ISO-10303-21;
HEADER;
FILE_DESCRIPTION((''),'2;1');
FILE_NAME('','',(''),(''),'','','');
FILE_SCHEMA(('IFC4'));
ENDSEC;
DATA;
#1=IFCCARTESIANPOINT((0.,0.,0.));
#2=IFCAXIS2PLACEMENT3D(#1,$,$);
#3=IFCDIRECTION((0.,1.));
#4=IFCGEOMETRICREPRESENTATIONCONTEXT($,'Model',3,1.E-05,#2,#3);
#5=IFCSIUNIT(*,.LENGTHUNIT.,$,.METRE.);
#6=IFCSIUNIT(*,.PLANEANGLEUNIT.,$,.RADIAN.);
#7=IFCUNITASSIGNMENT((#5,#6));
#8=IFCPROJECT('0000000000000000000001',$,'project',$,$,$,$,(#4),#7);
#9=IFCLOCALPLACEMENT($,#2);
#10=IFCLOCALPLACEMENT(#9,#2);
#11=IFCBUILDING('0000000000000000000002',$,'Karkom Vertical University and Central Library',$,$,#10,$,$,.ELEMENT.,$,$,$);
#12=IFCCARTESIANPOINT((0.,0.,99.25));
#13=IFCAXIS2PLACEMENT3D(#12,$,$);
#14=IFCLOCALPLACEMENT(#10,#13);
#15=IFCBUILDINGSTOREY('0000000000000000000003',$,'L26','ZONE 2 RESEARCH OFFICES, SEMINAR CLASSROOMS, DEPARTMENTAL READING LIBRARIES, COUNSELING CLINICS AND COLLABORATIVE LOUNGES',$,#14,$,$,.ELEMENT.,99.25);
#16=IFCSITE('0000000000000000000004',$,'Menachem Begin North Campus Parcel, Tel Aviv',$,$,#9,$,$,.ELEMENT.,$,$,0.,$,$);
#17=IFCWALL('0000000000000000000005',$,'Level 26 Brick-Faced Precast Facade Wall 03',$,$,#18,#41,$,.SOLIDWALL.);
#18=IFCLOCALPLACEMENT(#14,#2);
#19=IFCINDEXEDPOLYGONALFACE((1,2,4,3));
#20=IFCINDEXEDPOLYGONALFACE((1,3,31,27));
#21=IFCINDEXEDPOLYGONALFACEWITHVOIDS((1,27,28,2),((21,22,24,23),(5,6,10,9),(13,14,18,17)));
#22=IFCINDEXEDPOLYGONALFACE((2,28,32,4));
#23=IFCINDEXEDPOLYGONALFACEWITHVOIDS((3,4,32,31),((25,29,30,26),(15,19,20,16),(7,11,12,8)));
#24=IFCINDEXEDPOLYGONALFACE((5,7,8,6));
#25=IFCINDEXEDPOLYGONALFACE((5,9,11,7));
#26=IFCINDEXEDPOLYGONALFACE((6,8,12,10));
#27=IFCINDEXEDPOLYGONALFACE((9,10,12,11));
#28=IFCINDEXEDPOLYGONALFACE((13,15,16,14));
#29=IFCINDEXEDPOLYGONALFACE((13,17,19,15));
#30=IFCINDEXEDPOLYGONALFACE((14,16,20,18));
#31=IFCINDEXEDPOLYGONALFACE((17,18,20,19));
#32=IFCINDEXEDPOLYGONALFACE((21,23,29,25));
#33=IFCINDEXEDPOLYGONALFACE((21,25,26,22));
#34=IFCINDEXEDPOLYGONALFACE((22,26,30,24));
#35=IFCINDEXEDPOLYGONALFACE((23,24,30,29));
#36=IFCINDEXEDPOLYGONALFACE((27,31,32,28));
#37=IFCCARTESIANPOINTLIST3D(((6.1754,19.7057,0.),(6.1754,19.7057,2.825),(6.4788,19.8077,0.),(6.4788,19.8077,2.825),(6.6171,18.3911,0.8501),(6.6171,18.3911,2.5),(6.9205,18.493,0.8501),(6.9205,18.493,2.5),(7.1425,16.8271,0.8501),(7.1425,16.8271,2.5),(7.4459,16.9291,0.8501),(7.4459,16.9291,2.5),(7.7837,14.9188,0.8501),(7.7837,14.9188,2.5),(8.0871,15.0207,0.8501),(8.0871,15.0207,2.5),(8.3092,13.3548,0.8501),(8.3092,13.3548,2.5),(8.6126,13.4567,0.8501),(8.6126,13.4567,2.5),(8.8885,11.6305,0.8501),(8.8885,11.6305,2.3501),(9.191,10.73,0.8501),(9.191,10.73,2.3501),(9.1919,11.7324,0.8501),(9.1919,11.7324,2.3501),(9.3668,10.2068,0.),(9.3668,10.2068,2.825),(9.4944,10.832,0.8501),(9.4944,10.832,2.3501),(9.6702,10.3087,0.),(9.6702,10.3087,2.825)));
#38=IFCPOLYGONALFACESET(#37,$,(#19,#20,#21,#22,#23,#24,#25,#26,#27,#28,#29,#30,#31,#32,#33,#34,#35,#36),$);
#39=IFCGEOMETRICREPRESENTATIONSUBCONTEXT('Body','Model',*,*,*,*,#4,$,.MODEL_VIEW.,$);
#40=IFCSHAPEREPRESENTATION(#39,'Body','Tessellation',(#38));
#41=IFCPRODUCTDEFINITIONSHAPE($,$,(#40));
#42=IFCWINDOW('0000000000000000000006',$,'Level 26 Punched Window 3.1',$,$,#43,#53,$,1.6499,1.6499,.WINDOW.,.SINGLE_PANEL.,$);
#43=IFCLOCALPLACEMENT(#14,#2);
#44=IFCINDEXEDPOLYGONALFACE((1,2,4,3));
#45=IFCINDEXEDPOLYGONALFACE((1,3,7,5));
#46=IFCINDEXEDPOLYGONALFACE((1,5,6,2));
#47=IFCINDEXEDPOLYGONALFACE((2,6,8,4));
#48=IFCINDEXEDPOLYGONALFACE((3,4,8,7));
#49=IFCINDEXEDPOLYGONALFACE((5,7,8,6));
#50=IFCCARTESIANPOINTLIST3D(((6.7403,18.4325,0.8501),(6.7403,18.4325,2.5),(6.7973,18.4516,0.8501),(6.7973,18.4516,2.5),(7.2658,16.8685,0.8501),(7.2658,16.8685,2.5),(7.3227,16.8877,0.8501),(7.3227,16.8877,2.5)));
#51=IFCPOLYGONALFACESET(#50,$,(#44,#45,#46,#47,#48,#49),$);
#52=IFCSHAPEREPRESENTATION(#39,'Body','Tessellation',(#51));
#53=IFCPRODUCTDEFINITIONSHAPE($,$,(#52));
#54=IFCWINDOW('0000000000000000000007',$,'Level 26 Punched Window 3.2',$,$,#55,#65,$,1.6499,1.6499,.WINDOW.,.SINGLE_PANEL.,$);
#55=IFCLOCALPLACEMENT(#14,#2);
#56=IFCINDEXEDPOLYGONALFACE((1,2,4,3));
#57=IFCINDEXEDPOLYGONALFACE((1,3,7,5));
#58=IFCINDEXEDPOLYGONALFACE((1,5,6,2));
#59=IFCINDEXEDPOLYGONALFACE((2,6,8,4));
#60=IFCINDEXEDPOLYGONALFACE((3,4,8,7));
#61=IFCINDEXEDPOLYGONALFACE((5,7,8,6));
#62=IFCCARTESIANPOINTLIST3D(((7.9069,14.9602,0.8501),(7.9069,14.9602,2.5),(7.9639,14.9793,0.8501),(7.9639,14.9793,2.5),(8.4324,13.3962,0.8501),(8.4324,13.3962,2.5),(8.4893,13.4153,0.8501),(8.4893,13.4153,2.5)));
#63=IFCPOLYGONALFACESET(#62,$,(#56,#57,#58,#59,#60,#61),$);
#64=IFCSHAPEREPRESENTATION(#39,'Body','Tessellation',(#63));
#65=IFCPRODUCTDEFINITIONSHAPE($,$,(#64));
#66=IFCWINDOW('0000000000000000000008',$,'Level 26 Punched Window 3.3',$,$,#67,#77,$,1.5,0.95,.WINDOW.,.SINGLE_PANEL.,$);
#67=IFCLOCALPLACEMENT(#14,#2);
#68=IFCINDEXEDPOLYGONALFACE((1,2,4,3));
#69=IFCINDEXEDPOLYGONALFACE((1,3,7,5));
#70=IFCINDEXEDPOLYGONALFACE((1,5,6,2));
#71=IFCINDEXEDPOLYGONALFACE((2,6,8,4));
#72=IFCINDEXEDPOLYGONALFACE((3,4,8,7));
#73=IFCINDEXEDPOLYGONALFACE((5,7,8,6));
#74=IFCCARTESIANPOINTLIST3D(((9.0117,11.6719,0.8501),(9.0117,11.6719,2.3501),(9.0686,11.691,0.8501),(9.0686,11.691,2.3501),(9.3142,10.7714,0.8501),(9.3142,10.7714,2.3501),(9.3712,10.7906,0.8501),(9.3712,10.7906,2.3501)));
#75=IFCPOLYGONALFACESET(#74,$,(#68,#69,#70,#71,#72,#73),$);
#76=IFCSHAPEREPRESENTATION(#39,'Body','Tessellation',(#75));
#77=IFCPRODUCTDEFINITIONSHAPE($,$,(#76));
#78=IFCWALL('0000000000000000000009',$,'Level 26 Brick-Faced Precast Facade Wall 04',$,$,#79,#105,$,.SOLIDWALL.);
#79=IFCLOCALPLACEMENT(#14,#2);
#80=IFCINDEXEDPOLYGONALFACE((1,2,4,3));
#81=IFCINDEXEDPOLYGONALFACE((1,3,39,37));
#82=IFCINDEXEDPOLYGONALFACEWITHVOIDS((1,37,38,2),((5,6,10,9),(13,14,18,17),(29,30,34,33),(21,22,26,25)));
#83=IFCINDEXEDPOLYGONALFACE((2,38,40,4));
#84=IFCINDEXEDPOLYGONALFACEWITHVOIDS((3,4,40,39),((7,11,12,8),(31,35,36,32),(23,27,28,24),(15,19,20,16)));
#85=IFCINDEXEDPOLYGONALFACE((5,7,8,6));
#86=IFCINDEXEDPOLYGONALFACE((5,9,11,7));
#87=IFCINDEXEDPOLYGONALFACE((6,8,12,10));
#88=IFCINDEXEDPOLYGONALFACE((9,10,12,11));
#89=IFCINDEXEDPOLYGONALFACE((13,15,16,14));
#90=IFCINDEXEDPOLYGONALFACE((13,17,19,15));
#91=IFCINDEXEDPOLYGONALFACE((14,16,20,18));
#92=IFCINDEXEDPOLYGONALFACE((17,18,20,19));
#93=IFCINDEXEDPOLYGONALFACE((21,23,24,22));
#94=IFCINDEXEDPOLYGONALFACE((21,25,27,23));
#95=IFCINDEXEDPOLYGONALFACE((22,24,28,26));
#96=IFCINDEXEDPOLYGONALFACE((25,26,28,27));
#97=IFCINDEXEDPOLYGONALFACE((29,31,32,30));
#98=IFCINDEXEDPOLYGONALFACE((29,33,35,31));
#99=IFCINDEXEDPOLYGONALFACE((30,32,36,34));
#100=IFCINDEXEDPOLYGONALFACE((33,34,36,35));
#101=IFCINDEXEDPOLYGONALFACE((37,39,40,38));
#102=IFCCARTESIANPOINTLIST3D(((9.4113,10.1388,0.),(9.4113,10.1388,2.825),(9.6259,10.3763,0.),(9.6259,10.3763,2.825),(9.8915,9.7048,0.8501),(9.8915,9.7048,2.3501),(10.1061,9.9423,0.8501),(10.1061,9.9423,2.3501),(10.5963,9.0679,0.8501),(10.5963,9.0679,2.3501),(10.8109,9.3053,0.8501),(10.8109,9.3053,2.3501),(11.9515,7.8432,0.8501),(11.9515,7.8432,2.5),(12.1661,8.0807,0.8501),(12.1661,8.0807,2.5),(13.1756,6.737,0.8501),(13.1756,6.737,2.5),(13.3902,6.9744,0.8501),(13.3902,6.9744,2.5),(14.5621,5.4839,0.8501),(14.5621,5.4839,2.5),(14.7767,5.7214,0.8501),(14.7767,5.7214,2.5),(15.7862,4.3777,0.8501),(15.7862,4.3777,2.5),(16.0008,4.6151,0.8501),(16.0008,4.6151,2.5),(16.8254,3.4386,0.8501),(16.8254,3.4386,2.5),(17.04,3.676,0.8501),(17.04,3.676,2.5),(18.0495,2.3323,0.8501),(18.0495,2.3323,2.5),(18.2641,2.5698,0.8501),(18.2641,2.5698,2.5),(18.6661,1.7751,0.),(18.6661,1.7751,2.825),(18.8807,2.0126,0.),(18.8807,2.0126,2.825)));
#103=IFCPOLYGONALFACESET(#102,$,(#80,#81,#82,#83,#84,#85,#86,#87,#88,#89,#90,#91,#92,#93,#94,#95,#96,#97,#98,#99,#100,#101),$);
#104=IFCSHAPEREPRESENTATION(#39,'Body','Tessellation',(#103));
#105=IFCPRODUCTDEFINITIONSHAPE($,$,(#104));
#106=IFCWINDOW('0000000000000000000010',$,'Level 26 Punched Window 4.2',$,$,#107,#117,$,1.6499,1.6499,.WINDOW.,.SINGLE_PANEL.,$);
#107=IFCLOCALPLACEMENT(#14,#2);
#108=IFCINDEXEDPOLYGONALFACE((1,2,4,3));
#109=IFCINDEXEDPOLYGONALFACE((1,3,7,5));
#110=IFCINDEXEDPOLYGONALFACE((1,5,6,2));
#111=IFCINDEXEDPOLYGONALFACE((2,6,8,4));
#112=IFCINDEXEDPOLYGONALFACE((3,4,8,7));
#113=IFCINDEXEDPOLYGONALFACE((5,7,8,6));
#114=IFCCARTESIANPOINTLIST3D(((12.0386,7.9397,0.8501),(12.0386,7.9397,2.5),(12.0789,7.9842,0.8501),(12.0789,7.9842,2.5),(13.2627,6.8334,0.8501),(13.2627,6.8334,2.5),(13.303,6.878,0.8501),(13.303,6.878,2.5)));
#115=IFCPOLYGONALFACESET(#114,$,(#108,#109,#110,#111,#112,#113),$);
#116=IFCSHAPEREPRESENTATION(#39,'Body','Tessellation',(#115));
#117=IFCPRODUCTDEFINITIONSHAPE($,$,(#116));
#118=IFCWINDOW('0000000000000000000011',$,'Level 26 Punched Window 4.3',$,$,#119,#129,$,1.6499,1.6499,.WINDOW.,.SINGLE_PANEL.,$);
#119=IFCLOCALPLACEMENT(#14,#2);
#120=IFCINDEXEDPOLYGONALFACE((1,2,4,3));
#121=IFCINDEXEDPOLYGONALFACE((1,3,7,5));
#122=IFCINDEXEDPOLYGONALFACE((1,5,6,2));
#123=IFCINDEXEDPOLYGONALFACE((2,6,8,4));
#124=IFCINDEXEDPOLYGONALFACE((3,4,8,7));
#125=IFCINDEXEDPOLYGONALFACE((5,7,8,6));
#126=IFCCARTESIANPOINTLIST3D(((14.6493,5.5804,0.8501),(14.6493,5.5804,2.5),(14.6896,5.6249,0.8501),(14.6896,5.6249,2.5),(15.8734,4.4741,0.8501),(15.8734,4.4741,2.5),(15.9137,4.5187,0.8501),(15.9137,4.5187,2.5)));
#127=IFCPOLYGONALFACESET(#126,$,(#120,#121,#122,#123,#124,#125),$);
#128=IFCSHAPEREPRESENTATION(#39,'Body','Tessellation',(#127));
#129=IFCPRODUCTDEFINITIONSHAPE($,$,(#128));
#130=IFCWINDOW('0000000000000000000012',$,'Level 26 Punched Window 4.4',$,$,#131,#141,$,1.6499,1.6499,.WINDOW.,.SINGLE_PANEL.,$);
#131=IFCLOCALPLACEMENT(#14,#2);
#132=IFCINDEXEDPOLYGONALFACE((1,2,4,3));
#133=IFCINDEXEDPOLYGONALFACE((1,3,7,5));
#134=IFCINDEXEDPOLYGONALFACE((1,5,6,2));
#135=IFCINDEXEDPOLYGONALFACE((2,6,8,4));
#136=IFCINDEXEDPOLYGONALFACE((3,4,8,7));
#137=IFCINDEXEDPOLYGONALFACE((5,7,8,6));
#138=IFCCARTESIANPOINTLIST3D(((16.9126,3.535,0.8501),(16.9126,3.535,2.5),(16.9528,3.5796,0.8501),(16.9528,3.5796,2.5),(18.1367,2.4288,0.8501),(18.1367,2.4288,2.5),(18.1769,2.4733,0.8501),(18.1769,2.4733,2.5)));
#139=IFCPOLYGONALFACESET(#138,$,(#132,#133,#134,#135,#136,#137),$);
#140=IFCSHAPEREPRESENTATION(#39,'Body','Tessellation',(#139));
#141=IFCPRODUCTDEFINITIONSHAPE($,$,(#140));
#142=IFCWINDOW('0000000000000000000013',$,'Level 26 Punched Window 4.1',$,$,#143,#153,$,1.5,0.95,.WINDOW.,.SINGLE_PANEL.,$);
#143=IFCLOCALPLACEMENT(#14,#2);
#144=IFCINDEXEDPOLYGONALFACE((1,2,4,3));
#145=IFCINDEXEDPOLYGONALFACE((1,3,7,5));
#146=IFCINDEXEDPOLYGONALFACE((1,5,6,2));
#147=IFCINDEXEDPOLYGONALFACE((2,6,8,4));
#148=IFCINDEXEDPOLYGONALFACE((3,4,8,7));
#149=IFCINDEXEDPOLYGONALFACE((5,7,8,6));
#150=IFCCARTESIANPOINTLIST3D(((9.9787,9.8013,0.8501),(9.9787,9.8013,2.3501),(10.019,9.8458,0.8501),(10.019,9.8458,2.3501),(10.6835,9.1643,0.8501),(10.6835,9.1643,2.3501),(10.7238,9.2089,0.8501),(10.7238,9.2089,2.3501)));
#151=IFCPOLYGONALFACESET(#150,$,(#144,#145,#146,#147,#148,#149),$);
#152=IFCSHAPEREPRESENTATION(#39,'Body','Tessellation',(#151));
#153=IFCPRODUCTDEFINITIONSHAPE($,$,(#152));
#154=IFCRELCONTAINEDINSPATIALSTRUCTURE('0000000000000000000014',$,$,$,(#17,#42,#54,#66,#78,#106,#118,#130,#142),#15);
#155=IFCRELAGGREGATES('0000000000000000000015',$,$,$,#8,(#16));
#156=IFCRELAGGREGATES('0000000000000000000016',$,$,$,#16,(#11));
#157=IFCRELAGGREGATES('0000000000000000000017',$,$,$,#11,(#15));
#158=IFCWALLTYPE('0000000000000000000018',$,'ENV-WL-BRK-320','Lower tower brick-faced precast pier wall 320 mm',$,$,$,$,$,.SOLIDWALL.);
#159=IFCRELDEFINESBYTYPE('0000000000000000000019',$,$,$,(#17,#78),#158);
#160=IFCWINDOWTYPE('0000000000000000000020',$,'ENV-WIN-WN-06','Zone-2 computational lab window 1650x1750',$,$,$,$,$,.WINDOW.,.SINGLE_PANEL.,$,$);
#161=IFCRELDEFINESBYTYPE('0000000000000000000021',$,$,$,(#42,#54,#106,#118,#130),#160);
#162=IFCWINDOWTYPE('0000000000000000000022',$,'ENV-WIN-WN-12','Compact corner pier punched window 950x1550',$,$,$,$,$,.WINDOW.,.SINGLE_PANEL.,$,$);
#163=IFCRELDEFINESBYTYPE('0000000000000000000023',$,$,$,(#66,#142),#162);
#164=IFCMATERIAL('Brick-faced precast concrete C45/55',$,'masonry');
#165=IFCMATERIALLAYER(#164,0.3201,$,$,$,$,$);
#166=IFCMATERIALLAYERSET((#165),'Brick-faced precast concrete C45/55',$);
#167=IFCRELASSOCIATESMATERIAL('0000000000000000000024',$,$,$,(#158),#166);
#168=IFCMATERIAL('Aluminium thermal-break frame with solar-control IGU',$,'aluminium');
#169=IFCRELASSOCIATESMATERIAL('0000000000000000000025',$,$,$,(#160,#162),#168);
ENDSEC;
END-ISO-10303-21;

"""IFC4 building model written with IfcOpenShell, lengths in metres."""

from ifc_helpers import new_model, si_unit, direction, frame, frame_2d, origin, origin_with_axes, place, context, subcontext, project, spatial, rectangle, extrude, source, transform, mapped, material, layer, layer_set, type_object, element, fill, save


model = new_model("IFC4")

# Units and contexts
model_context = context("Model", 3, precision=1e-05, world=origin(), true_north=direction((0.0, 1.0)))
body_context = subcontext(model_context, "Body", "Model", "MODEL_VIEW")
ifc_project = project(units=[si_unit("LENGTHUNIT", "METRE"), si_unit("PLANEANGLEUNIT", "RADIAN")], contexts=[model_context])

# Site, building, storey
site_placement = place(None, origin())
site = spatial("IfcSite", under=ifc_project, at=site_placement, Name="Menachem Begin North Campus Parcel, Tel Aviv", CompositionType="ELEMENT", RefElevation=0.0)
building_placement = place(site_placement, origin())
building = spatial("IfcBuilding", under=site, at=building_placement, Name="Karkom Vertical University and Central Library", CompositionType="ELEMENT")
storey_placement = place(building_placement, frame((0.0, 0.0, 99.25)))
storey = spatial("IfcBuildingStorey", under=building, at=storey_placement, Name="L26", Description="ZONE 2 RESEARCH OFFICES, SEMINAR CLASSROOMS, DEPARTMENTAL READING LIBRARIES, COUNSELING CLINICS AND COLLABORATIVE LOUNGES", CompositionType="ELEMENT", Elevation=99.25)

# Walls, openings, windows
ifc_material_1 = material(Name="Brick-faced precast concrete C45/55", Category="masonry")
ifc_layer_1 = layer(ifc_material_1, 0.3201)
ifc_layer_set_1 = layer_set([ifc_layer_1], Name="Brick-faced precast concrete C45/55")
wall_type_1 = type_object("IfcWallType", Name="ENV-WL-BRK-320", Description="Lower tower brick-faced precast pier wall 320 mm", PredefinedType="SOLIDWALL", material=ifc_layer_set_1)
wall_1_placement = place(storey_placement, frame((6.3271, 19.7566, 0.0), z_axis=(0.0, 0.0, 1.0), x_axis=(0.318478, -0.94793, 0.0)))
wall_1 = element("IfcWall", 1, at=wall_1_placement, inside=storey, type_object=wall_type_1, Name="Level 26 Brick-Faced Precast Facade Wall 03", PredefinedType="SOLIDWALL", context=body_context, shape_type="SweptSolid", body=[
    extrude(rectangle(XDim=10.0208, YDim=0.3201, at=frame_2d((5.0103, 0.0))), origin(), (0.0, 0.0, 1.0), 2.825),
])
opening_1_placement = place(wall_1_placement, frame((1.3867, 0.0, 0.8501)))
opening_1 = element("IfcOpeningElement", 2, at=opening_1_placement, cuts=wall_1, PredefinedType="OPENING", context=body_context, shape_type="SweptSolid", body=[
    extrude(rectangle(XDim=1.6499, YDim=1.6499, at=frame_2d((0.825, 0.825))), frame((0.0, 0.1699, 0.0), z_axis=(0.0, -1.0, 0.0), x_axis=(1.0, 0.0, 0.0)), (0.0, 0.0, 1.0), 0.3401),
])
opening_2_placement = place(wall_1_placement, frame((5.0498, 0.0, 0.8501)))
opening_2 = element("IfcOpeningElement", 3, at=opening_2_placement, cuts=wall_1, PredefinedType="OPENING", context=body_context, shape_type="SweptSolid", body=[
    extrude(rectangle(XDim=1.6499, YDim=1.6499, at=frame_2d((0.825, 0.825))), frame((0.0, 0.1699, 0.0), z_axis=(0.0, -1.0, 0.0), x_axis=(1.0, 0.0, 0.0)), (0.0, 0.0, 1.0), 0.3401),
])
opening_3_placement = place(wall_1_placement, frame((8.5186, 0.0, 0.8501)))
opening_3 = element("IfcOpeningElement", 4, at=opening_3_placement, cuts=wall_1, PredefinedType="OPENING", context=body_context, shape_type="SweptSolid", body=[
    extrude(rectangle(XDim=0.95, YDim=1.5, at=frame_2d((0.4751, 0.75))), frame((0.0, 0.1699, 0.0), z_axis=(0.0, -1.0, 0.0), x_axis=(1.0, 0.0, 0.0)), (0.0, 0.0, 1.0), 0.3401),
])
ifc_material_2 = material(Name="Aluminium thermal-break frame with solar-control IGU", Category="aluminium")
window_type_1 = type_object("IfcWindowType", Name="ENV-WIN-WN-06", Description="Zone-2 computational lab window 1650x1750", PartitioningType="SINGLE_PANEL", PredefinedType="WINDOW", material=ifc_material_2)
shared_shape_1 = source(origin_with_axes(), body_context, "Body", "SweptSolid", [
    extrude(rectangle(XDim=1.6499, YDim=1.6499, at=frame_2d((0.825, 0.825))), frame((0.0, 0.03, 0.0), z_axis=(0.0, -1.0, 0.0), x_axis=(1.0, 0.0, 0.0)), (0.0, 0.0, 1.0), 0.0601),
])
window_1_placement = place(opening_1_placement, origin())
window_1 = element("IfcWindow", 5, at=window_1_placement, inside=storey, type_object=window_type_1, Name="Level 26 Punched Window 3.1", OverallHeight=1.6499, OverallWidth=1.6499, PartitioningType="SINGLE_PANEL", PredefinedType="WINDOW", context=body_context, shape_type="MappedRepresentation", body=[
    mapped(shared_shape_1, transform((0.0, 0.0, 0.0), scale=1.0)),
])
fill(opening_1, window_1)
window_2_placement = place(opening_2_placement, origin())
window_2 = element("IfcWindow", 6, at=window_2_placement, inside=storey, type_object=window_type_1, Name="Level 26 Punched Window 3.2", OverallHeight=1.6499, OverallWidth=1.6499, PartitioningType="SINGLE_PANEL", PredefinedType="WINDOW", context=body_context, shape_type="MappedRepresentation", body=[
    mapped(shared_shape_1, transform((0.0, 0.0, 0.0), scale=1.0)),
])
fill(opening_2, window_2)
window_type_2 = type_object("IfcWindowType", Name="ENV-WIN-WN-12", Description="Compact corner pier punched window 950x1550", PartitioningType="SINGLE_PANEL", PredefinedType="WINDOW", material=ifc_material_2)
shared_shape_2 = source(origin_with_axes(), body_context, "Body", "SweptSolid", [
    extrude(rectangle(XDim=0.95, YDim=1.5, at=frame_2d((0.4751, 0.75))), frame((0.0, 0.03, 0.0), z_axis=(0.0, -1.0, 0.0), x_axis=(1.0, 0.0, 0.0)), (0.0, 0.0, 1.0), 0.0601),
])
window_3_placement = place(opening_3_placement, origin())
window_3 = element("IfcWindow", 7, at=window_3_placement, inside=storey, type_object=window_type_2, Name="Level 26 Punched Window 3.3", OverallHeight=1.5, OverallWidth=0.95, PartitioningType="SINGLE_PANEL", PredefinedType="WINDOW", context=body_context, shape_type="MappedRepresentation", body=[
    mapped(shared_shape_2, transform((0.0, 0.0, 0.0), scale=1.0)),
])
fill(opening_3, window_3)
wall_2_placement = place(storey_placement, frame((9.5186, 10.2576, 0.0), z_axis=(0.0, 0.0, 1.0), x_axis=(0.741922, -0.670486, 0.0)))
wall_2 = element("IfcWall", 8, at=wall_2_placement, inside=storey, type_object=wall_type_1, Name="Level 26 Brick-Faced Precast Facade Wall 04", PredefinedType="SOLIDWALL", context=body_context, shape_type="SweptSolid", body=[
    extrude(rectangle(XDim=12.4741, YDim=0.3201, at=frame_2d((6.2371, 0.0))), origin(), (0.0, 0.0, 1.0), 2.825),
])
opening_4_placement = place(wall_2_placement, frame((0.6472, 0.0, 0.8501)))
opening_4 = element("IfcOpeningElement", 9, at=opening_4_placement, cuts=wall_2, PredefinedType="OPENING", context=body_context, shape_type="SweptSolid", body=[
    extrude(rectangle(XDim=0.95, YDim=1.5, at=frame_2d((0.4751, 0.75))), frame((0.0, 0.1699, 0.0), z_axis=(0.0, -1.0, 0.0), x_axis=(1.0, 0.0, 0.0)), (0.0, 0.0, 1.0), 0.3401),
])
opening_5_placement = place(wall_2_placement, frame((3.4238, 0.0, 0.8501)))
opening_5 = element("IfcOpeningElement", 10, at=opening_5_placement, cuts=wall_2, PredefinedType="OPENING", context=body_context, shape_type="SweptSolid", body=[
    extrude(rectangle(XDim=1.6499, YDim=1.6499, at=frame_2d((0.825, 0.825))), frame((0.0, 0.1699, 0.0), z_axis=(0.0, -1.0, 0.0), x_axis=(1.0, 0.0, 0.0)), (0.0, 0.0, 1.0), 0.3401),
])
opening_6_placement = place(wall_2_placement, frame((6.9426, 0.0, 0.8501)))
opening_6 = element("IfcOpeningElement", 11, at=opening_6_placement, cuts=wall_2, PredefinedType="OPENING", context=body_context, shape_type="SweptSolid", body=[
    extrude(rectangle(XDim=1.6499, YDim=1.6499, at=frame_2d((0.825, 0.825))), frame((0.0, 0.1699, 0.0), z_axis=(0.0, -1.0, 0.0), x_axis=(1.0, 0.0, 0.0)), (0.0, 0.0, 1.0), 0.3401),
])
opening_7_placement = place(wall_2_placement, frame((9.9932, 0.0, 0.8501)))
opening_7 = element("IfcOpeningElement", 12, at=opening_7_placement, cuts=wall_2, PredefinedType="OPENING", context=body_context, shape_type="SweptSolid", body=[
    extrude(rectangle(XDim=1.6499, YDim=1.6499, at=frame_2d((0.825, 0.825))), frame((0.0, 0.1699, 0.0), z_axis=(0.0, -1.0, 0.0), x_axis=(1.0, 0.0, 0.0)), (0.0, 0.0, 1.0), 0.3401),
])
window_4_placement = place(opening_5_placement, origin())
window_4 = element("IfcWindow", 13, at=window_4_placement, inside=storey, type_object=window_type_1, Name="Level 26 Punched Window 4.2", OverallHeight=1.6499, OverallWidth=1.6499, PartitioningType="SINGLE_PANEL", PredefinedType="WINDOW", context=body_context, shape_type="MappedRepresentation", body=[
    mapped(shared_shape_1, transform((0.0, 0.0, 0.0), scale=1.0)),
])
fill(opening_5, window_4)
window_5_placement = place(opening_6_placement, origin())
window_5 = element("IfcWindow", 14, at=window_5_placement, inside=storey, type_object=window_type_1, Name="Level 26 Punched Window 4.3", OverallHeight=1.6499, OverallWidth=1.6499, PartitioningType="SINGLE_PANEL", PredefinedType="WINDOW", context=body_context, shape_type="MappedRepresentation", body=[
    mapped(shared_shape_1, transform((0.0, 0.0, 0.0), scale=1.0)),
])
fill(opening_6, window_5)
window_6_placement = place(opening_7_placement, origin())
window_6 = element("IfcWindow", 15, at=window_6_placement, inside=storey, type_object=window_type_1, Name="Level 26 Punched Window 4.4", OverallHeight=1.6499, OverallWidth=1.6499, PartitioningType="SINGLE_PANEL", PredefinedType="WINDOW", context=body_context, shape_type="MappedRepresentation", body=[
    mapped(shared_shape_1, transform((0.0, 0.0, 0.0), scale=1.0)),
])
fill(opening_7, window_6)
window_7_placement = place(opening_4_placement, origin())
window_7 = element("IfcWindow", 16, at=window_7_placement, inside=storey, type_object=window_type_2, Name="Level 26 Punched Window 4.1", OverallHeight=1.5, OverallWidth=0.95, PartitioningType="SINGLE_PANEL", PredefinedType="WINDOW", context=body_context, shape_type="MappedRepresentation", body=[
    mapped(shared_shape_2, transform((0.0, 0.0, 0.0), scale=1.0)),
])
fill(opening_4, window_7)

save(model, "model.ifc")
